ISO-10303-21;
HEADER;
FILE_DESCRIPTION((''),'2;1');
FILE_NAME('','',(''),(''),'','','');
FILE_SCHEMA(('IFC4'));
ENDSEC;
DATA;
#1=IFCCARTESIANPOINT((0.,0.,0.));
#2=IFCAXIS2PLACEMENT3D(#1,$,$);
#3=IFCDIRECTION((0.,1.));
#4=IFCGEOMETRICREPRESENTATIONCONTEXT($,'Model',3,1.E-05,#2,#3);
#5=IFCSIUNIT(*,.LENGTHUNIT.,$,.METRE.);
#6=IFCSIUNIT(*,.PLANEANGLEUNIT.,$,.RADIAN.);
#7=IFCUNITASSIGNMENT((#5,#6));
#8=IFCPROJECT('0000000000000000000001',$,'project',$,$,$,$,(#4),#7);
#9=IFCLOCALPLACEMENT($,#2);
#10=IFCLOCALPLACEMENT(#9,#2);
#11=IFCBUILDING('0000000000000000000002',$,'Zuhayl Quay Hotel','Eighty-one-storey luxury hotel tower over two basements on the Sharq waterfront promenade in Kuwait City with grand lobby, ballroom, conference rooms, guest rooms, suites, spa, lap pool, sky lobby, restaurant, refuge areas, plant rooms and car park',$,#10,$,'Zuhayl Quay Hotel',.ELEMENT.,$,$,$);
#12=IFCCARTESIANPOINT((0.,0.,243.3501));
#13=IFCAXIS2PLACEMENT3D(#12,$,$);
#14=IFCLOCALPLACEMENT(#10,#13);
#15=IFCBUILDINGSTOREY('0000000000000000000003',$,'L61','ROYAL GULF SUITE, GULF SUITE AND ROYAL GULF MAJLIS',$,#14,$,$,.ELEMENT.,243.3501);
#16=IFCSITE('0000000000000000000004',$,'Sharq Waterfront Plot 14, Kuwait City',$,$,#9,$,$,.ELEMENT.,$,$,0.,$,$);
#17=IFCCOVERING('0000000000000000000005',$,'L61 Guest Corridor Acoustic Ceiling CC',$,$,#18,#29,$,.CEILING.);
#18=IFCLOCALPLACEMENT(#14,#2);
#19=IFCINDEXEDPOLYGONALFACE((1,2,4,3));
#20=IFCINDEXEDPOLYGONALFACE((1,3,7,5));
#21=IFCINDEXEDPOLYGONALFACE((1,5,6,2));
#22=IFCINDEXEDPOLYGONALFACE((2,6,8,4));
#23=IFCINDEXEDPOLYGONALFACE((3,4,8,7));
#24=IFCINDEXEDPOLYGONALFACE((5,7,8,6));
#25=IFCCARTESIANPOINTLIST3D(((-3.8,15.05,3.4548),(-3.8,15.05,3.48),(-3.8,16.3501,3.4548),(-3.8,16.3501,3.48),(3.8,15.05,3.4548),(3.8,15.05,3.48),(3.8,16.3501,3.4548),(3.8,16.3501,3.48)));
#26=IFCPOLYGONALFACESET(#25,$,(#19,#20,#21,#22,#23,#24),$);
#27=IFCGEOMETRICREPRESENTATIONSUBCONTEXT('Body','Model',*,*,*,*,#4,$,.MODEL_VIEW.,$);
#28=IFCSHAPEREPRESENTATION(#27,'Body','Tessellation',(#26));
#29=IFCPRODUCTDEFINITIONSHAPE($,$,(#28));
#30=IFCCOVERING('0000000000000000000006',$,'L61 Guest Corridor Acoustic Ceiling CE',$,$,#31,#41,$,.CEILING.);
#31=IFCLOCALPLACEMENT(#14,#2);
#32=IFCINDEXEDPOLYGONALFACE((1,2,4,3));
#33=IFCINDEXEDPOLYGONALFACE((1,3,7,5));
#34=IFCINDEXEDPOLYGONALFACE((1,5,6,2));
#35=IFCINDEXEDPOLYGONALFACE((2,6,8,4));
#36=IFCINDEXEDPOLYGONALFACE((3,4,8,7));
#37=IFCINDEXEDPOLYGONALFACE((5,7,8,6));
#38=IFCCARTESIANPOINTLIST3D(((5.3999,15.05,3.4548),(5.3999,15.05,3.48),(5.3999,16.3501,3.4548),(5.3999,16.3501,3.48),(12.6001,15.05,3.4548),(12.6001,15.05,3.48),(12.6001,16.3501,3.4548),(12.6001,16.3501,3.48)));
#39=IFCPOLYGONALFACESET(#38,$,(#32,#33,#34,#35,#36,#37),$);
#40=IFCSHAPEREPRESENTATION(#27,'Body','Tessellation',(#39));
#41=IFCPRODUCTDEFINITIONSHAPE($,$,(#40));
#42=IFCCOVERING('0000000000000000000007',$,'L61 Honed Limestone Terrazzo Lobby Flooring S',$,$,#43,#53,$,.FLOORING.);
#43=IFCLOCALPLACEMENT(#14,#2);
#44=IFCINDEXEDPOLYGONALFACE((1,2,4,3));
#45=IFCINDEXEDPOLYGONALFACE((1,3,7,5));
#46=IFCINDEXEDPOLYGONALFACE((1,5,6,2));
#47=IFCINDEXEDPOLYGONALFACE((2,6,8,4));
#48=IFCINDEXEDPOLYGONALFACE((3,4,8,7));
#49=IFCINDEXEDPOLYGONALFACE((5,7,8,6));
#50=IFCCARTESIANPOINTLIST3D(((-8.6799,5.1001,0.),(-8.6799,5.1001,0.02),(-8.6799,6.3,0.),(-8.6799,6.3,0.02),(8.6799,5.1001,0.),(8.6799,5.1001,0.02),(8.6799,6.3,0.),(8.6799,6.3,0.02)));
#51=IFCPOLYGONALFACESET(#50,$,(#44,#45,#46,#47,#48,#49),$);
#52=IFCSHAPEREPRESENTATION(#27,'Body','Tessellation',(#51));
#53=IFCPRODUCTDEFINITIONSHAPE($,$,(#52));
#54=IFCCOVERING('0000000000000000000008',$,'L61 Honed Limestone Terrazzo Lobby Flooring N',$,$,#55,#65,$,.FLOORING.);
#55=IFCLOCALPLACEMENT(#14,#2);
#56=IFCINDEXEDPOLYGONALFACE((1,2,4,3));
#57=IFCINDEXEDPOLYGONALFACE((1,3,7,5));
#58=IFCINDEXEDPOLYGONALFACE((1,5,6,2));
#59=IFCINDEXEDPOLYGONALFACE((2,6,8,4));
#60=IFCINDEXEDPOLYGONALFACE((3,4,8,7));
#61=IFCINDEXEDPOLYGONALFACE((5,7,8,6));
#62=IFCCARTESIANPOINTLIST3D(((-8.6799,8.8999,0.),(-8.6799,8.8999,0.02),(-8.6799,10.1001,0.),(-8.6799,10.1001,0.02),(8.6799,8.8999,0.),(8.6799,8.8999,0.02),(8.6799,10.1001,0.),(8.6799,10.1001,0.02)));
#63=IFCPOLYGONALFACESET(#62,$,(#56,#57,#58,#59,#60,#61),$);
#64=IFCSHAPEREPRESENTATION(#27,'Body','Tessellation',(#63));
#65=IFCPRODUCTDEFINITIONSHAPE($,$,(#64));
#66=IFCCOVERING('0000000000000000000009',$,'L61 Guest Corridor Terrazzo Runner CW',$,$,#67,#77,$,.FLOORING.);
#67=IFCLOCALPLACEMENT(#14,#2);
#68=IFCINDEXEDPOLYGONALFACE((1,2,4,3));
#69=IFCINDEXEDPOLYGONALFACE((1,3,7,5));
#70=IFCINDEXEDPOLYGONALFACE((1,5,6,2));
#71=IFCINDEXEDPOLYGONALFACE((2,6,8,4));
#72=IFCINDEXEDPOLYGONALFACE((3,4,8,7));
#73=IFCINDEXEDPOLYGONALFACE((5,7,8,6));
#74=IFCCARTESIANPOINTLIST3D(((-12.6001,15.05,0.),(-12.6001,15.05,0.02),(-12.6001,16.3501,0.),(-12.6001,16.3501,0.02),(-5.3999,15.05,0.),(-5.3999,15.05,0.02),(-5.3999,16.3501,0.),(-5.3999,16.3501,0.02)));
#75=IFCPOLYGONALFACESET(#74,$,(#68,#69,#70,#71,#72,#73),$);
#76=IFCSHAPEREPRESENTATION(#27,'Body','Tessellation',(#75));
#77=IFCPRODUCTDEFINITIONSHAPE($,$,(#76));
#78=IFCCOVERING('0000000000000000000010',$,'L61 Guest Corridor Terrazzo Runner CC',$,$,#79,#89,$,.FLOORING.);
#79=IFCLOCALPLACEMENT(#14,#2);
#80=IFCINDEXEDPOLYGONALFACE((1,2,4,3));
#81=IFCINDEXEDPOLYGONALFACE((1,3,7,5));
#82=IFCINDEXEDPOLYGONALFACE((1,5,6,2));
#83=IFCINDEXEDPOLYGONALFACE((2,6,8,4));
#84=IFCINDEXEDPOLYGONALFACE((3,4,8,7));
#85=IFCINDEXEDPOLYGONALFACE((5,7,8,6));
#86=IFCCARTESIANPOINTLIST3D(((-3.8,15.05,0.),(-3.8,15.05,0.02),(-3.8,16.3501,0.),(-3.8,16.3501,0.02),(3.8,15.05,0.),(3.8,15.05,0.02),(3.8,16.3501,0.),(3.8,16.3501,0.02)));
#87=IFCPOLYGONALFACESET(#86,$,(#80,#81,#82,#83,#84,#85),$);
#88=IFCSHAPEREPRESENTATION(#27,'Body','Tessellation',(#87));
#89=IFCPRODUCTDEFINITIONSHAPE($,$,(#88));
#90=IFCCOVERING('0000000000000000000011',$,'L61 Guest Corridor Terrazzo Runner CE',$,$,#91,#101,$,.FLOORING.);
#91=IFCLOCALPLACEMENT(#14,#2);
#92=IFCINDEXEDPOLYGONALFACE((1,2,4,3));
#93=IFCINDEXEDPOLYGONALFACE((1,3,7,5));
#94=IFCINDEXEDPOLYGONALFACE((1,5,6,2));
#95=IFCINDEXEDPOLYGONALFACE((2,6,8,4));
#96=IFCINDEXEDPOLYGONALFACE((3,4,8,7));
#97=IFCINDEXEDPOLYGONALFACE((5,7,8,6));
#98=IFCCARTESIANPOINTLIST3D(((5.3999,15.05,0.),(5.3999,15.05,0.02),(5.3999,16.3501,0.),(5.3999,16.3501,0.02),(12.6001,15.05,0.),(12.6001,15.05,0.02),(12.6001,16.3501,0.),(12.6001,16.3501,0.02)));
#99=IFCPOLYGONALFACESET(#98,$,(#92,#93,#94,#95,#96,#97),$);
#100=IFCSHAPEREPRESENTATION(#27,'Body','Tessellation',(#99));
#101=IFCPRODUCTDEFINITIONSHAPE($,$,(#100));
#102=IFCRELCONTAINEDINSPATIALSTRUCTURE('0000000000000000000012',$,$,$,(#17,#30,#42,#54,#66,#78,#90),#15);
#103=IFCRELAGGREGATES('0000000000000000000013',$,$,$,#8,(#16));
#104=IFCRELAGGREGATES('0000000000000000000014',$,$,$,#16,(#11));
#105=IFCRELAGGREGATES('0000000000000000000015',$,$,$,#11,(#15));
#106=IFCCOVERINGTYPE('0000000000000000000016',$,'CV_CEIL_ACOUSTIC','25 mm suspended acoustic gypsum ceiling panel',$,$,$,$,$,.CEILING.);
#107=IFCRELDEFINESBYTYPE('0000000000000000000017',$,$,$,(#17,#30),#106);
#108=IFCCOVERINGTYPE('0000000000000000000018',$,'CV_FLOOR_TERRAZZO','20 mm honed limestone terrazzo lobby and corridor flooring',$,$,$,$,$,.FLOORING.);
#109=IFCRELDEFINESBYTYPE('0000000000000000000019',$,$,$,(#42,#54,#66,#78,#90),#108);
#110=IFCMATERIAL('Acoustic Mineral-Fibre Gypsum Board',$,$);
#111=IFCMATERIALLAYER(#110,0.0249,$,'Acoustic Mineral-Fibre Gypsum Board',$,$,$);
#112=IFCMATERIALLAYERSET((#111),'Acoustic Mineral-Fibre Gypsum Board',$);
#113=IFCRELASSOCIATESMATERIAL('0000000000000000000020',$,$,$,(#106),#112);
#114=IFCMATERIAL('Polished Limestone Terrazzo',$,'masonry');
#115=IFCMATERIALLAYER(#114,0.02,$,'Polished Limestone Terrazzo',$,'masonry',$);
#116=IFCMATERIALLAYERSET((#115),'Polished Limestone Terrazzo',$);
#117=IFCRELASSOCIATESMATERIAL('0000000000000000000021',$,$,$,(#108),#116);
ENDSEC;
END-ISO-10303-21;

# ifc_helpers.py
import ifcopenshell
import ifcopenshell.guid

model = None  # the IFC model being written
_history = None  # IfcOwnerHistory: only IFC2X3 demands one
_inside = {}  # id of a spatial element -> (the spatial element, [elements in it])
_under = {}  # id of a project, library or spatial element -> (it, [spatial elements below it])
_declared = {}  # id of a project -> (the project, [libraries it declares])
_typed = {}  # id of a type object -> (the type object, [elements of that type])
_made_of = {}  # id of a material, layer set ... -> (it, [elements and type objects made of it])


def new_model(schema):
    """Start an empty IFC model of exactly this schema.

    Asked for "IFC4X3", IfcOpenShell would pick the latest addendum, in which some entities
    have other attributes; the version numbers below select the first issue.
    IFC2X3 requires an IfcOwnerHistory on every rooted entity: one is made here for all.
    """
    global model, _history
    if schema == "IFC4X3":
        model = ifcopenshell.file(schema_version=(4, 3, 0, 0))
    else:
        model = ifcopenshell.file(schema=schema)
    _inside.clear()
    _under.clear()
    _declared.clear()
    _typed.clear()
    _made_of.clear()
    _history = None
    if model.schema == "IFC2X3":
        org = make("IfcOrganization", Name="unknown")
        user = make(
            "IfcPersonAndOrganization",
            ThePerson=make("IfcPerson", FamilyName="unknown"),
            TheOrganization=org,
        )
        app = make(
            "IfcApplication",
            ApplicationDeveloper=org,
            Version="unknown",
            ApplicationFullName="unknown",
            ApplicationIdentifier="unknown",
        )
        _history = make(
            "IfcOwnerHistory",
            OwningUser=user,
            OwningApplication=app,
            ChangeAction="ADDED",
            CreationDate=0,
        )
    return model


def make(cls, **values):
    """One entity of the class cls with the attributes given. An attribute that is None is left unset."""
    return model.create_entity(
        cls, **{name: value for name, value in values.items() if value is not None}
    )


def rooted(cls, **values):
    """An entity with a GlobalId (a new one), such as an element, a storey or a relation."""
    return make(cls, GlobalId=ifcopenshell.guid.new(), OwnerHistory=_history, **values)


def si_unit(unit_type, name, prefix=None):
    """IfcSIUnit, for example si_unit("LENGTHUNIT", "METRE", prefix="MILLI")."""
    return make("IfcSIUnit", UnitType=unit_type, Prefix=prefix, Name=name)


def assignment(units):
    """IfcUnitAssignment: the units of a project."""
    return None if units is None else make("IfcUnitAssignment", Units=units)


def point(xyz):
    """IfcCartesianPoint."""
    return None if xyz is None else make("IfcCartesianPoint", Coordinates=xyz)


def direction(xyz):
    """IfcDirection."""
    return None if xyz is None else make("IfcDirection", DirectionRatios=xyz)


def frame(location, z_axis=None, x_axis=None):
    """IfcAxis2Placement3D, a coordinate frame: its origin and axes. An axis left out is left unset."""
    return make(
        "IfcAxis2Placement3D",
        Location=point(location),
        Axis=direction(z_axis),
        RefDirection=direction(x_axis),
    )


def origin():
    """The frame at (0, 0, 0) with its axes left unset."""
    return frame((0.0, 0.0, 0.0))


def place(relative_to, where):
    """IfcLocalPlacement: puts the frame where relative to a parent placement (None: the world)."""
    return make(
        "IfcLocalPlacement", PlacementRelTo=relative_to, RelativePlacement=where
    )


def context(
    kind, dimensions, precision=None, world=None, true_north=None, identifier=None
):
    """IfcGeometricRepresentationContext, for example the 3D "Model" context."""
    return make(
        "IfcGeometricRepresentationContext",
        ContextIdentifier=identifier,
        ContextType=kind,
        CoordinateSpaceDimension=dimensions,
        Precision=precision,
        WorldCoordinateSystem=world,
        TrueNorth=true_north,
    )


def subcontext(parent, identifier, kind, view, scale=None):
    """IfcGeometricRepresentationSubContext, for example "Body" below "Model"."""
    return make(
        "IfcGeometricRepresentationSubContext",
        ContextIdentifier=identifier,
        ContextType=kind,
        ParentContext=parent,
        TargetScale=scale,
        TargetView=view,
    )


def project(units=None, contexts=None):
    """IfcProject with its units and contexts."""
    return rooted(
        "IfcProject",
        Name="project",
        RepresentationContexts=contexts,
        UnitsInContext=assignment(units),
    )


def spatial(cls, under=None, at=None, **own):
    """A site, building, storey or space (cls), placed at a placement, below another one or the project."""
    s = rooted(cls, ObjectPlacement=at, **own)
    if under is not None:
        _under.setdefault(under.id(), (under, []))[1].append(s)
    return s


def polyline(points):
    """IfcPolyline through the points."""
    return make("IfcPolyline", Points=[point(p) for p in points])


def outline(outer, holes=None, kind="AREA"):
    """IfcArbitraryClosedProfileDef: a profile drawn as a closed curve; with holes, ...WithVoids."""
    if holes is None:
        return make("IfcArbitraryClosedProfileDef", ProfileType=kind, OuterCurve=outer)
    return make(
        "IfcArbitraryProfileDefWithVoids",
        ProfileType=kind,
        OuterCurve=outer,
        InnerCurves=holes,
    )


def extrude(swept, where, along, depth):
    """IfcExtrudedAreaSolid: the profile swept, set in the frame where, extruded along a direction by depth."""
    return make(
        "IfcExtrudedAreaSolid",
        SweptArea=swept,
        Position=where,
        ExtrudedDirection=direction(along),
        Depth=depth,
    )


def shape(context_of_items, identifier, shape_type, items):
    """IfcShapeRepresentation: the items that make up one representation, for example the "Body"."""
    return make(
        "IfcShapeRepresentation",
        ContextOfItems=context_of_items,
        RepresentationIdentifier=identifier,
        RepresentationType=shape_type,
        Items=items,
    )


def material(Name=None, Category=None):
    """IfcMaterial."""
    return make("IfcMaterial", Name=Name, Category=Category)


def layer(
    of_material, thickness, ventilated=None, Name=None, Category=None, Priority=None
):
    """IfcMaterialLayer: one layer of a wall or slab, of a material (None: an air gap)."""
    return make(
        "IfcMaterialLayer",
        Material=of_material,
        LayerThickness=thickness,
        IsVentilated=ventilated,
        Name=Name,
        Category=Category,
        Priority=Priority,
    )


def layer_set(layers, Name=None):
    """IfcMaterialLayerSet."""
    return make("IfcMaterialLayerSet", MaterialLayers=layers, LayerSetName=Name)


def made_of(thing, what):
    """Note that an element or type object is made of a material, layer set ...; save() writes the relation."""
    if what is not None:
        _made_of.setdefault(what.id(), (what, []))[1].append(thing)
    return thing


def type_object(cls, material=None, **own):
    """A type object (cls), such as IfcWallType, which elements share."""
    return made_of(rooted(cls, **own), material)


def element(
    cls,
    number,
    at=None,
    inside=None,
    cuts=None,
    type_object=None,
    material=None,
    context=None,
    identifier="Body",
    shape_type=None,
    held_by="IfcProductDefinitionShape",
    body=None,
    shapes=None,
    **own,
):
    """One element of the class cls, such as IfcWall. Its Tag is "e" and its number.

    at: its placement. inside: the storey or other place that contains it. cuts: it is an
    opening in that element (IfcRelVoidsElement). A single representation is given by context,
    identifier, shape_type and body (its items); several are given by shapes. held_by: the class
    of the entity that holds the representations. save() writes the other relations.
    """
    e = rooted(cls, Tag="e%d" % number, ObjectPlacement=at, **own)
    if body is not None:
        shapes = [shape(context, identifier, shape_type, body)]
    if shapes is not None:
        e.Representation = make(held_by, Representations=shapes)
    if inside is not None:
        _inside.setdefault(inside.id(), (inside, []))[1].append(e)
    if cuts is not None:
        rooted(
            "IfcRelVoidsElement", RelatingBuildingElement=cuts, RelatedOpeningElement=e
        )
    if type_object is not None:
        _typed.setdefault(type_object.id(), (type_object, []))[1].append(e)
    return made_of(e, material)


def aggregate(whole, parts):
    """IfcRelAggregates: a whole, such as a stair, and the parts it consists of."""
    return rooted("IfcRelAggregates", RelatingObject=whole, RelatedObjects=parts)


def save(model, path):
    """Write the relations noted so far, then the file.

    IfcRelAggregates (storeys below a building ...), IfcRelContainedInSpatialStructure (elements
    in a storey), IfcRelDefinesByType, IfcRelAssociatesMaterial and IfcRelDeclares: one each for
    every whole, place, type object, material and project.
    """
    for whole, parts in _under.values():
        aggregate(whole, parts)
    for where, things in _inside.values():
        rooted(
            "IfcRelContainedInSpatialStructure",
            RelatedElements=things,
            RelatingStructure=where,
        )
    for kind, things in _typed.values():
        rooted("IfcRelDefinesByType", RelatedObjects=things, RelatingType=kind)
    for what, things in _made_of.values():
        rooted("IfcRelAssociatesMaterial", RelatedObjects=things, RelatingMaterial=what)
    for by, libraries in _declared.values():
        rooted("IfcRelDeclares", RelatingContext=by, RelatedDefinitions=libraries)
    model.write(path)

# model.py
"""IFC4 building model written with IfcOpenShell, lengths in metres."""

from ifc_helpers import new_model, si_unit, direction, frame, origin, place, context, subcontext, project, spatial, polyline, outline, extrude, material, layer, layer_set, type_object, element, save


model = new_model("IFC4")

# Units and contexts
model_context = context("Model", 3, precision=1e-05, world=origin(), true_north=direction((0.0, 1.0)))
body_context = subcontext(model_context, "Body", "Model", "MODEL_VIEW")
ifc_project = project(units=[si_unit("LENGTHUNIT", "METRE"), si_unit("PLANEANGLEUNIT", "RADIAN")], contexts=[model_context])

# Site, building, storey
site_placement = place(None, origin())
site = spatial("IfcSite", under=ifc_project, at=site_placement, Name="Sharq Waterfront Plot 14, Kuwait City", CompositionType="ELEMENT", RefElevation=0.0)
building_placement = place(site_placement, origin())
building = spatial("IfcBuilding", under=site, at=building_placement, Name="Zuhayl Quay Hotel", Description="Eighty-one-storey luxury hotel tower over two basements on the Sharq waterfront promenade in Kuwait City with grand lobby, ballroom, conference rooms, guest rooms, suites, spa, lap pool, sky lobby, restaurant, refuge areas, plant rooms and car park", LongName="Zuhayl Quay Hotel", CompositionType="ELEMENT")
storey_placement = place(building_placement, frame((0.0, 0.0, 243.3501)))
storey = spatial("IfcBuildingStorey", under=building, at=storey_placement, Name="L61", Description="ROYAL GULF SUITE, GULF SUITE AND ROYAL GULF MAJLIS", CompositionType="ELEMENT", Elevation=243.3501)

# Coverings
ifc_material_1 = material(Name="Acoustic Mineral-Fibre Gypsum Board")
ifc_layer_1 = layer(ifc_material_1, 0.0249, Name="Acoustic Mineral-Fibre Gypsum Board")
ifc_layer_set_1 = layer_set([ifc_layer_1], Name="Acoustic Mineral-Fibre Gypsum Board")
covering_type_1 = type_object("IfcCoveringType", Name="CV_CEIL_ACOUSTIC", Description="25 mm suspended acoustic gypsum ceiling panel", PredefinedType="CEILING", material=ifc_layer_set_1)
covering_1_placement = place(storey_placement, frame((0.0, 0.0, 3.4548)))
element("IfcCovering", 1, at=covering_1_placement, inside=storey, type_object=covering_type_1, Name="L61 Guest Corridor Acoustic Ceiling CC", PredefinedType="CEILING", context=body_context, shape_type="SweptSolid", body=[
    extrude(outline(polyline([(-3.8, 15.05), (3.8, 15.05), (3.8, 16.3501), (-3.8, 16.3501), (-3.8, 15.05)])), origin(), (0.0, 0.0, 1.0), 0.0251),
])
covering_2_placement = place(storey_placement, frame((0.0, 0.0, 3.4548)))
element("IfcCovering", 2, at=covering_2_placement, inside=storey, type_object=covering_type_1, Name="L61 Guest Corridor Acoustic Ceiling CE", PredefinedType="CEILING", context=body_context, shape_type="SweptSolid", body=[
    extrude(outline(polyline([(5.3999, 15.05), (12.6001, 15.05), (12.6001, 16.3501), (5.3999, 16.3501), (5.3999, 15.05)])), origin(), (0.0, 0.0, 1.0), 0.0251),
])
ifc_material_2 = material(Name="Polished Limestone Terrazzo", Category="masonry")
ifc_layer_2 = layer(ifc_material_2, 0.02, Name="Polished Limestone Terrazzo", Category="masonry")
ifc_layer_set_2 = layer_set([ifc_layer_2], Name="Polished Limestone Terrazzo")
covering_type_2 = type_object("IfcCoveringType", Name="CV_FLOOR_TERRAZZO", Description="20 mm honed limestone terrazzo lobby and corridor flooring", PredefinedType="FLOORING", material=ifc_layer_set_2)
covering_3_placement = place(storey_placement, origin())
element("IfcCovering", 3, at=covering_3_placement, inside=storey, type_object=covering_type_2, Name="L61 Honed Limestone Terrazzo Lobby Flooring S", PredefinedType="FLOORING", context=body_context, shape_type="SweptSolid", body=[
    extrude(outline(polyline([(-8.6799, 5.1001), (8.6799, 5.1001), (8.6799, 6.3), (-8.6799, 6.3), (-8.6799, 5.1001)])), origin(), (0.0, 0.0, 1.0), 0.02),
])
covering_4_placement = place(storey_placement, origin())
element("IfcCovering", 4, at=covering_4_placement, inside=storey, type_object=covering_type_2, Name="L61 Honed Limestone Terrazzo Lobby Flooring N", PredefinedType="FLOORING", context=body_context, shape_type="SweptSolid", body=[
    extrude(outline(polyline([(-8.6799, 8.8999), (8.6799, 8.8999), (8.6799, 10.1001), (-8.6799, 10.1001), (-8.6799, 8.8999)])), origin(), (0.0, 0.0, 1.0), 0.02),
])
covering_5_placement = place(storey_placement, origin())
element("IfcCovering", 5, at=covering_5_placement, inside=storey, type_object=covering_type_2, Name="L61 Guest Corridor Terrazzo Runner CW", PredefinedType="FLOORING", context=body_context, shape_type="SweptSolid", body=[
    extrude(outline(polyline([(-12.6001, 15.05), (-5.3999, 15.05), (-5.3999, 16.3501), (-12.6001, 16.3501), (-12.6001, 15.05)])), origin(), (0.0, 0.0, 1.0), 0.02),
])
covering_6_placement = place(storey_placement, origin())
element("IfcCovering", 6, at=covering_6_placement, inside=storey, type_object=covering_type_2, Name="L61 Guest Corridor Terrazzo Runner CC", PredefinedType="FLOORING", context=body_context, shape_type="SweptSolid", body=[
    extrude(outline(polyline([(-3.8, 15.05), (3.8, 15.05), (3.8, 16.3501), (-3.8, 16.3501), (-3.8, 15.05)])), origin(), (0.0, 0.0, 1.0), 0.02),
])
covering_7_placement = place(storey_placement, origin())
element("IfcCovering", 7, at=covering_7_placement, inside=storey, type_object=covering_type_2, Name="L61 Guest Corridor Terrazzo Runner CE", PredefinedType="FLOORING", context=body_context, shape_type="SweptSolid", body=[
    extrude(outline(polyline([(5.3999, 15.05), (12.6001, 15.05), (12.6001, 16.3501), (5.3999, 16.3501), (5.3999, 15.05)])), origin(), (0.0, 0.0, 1.0), 0.02),
])

save(model, "model.ifc")
